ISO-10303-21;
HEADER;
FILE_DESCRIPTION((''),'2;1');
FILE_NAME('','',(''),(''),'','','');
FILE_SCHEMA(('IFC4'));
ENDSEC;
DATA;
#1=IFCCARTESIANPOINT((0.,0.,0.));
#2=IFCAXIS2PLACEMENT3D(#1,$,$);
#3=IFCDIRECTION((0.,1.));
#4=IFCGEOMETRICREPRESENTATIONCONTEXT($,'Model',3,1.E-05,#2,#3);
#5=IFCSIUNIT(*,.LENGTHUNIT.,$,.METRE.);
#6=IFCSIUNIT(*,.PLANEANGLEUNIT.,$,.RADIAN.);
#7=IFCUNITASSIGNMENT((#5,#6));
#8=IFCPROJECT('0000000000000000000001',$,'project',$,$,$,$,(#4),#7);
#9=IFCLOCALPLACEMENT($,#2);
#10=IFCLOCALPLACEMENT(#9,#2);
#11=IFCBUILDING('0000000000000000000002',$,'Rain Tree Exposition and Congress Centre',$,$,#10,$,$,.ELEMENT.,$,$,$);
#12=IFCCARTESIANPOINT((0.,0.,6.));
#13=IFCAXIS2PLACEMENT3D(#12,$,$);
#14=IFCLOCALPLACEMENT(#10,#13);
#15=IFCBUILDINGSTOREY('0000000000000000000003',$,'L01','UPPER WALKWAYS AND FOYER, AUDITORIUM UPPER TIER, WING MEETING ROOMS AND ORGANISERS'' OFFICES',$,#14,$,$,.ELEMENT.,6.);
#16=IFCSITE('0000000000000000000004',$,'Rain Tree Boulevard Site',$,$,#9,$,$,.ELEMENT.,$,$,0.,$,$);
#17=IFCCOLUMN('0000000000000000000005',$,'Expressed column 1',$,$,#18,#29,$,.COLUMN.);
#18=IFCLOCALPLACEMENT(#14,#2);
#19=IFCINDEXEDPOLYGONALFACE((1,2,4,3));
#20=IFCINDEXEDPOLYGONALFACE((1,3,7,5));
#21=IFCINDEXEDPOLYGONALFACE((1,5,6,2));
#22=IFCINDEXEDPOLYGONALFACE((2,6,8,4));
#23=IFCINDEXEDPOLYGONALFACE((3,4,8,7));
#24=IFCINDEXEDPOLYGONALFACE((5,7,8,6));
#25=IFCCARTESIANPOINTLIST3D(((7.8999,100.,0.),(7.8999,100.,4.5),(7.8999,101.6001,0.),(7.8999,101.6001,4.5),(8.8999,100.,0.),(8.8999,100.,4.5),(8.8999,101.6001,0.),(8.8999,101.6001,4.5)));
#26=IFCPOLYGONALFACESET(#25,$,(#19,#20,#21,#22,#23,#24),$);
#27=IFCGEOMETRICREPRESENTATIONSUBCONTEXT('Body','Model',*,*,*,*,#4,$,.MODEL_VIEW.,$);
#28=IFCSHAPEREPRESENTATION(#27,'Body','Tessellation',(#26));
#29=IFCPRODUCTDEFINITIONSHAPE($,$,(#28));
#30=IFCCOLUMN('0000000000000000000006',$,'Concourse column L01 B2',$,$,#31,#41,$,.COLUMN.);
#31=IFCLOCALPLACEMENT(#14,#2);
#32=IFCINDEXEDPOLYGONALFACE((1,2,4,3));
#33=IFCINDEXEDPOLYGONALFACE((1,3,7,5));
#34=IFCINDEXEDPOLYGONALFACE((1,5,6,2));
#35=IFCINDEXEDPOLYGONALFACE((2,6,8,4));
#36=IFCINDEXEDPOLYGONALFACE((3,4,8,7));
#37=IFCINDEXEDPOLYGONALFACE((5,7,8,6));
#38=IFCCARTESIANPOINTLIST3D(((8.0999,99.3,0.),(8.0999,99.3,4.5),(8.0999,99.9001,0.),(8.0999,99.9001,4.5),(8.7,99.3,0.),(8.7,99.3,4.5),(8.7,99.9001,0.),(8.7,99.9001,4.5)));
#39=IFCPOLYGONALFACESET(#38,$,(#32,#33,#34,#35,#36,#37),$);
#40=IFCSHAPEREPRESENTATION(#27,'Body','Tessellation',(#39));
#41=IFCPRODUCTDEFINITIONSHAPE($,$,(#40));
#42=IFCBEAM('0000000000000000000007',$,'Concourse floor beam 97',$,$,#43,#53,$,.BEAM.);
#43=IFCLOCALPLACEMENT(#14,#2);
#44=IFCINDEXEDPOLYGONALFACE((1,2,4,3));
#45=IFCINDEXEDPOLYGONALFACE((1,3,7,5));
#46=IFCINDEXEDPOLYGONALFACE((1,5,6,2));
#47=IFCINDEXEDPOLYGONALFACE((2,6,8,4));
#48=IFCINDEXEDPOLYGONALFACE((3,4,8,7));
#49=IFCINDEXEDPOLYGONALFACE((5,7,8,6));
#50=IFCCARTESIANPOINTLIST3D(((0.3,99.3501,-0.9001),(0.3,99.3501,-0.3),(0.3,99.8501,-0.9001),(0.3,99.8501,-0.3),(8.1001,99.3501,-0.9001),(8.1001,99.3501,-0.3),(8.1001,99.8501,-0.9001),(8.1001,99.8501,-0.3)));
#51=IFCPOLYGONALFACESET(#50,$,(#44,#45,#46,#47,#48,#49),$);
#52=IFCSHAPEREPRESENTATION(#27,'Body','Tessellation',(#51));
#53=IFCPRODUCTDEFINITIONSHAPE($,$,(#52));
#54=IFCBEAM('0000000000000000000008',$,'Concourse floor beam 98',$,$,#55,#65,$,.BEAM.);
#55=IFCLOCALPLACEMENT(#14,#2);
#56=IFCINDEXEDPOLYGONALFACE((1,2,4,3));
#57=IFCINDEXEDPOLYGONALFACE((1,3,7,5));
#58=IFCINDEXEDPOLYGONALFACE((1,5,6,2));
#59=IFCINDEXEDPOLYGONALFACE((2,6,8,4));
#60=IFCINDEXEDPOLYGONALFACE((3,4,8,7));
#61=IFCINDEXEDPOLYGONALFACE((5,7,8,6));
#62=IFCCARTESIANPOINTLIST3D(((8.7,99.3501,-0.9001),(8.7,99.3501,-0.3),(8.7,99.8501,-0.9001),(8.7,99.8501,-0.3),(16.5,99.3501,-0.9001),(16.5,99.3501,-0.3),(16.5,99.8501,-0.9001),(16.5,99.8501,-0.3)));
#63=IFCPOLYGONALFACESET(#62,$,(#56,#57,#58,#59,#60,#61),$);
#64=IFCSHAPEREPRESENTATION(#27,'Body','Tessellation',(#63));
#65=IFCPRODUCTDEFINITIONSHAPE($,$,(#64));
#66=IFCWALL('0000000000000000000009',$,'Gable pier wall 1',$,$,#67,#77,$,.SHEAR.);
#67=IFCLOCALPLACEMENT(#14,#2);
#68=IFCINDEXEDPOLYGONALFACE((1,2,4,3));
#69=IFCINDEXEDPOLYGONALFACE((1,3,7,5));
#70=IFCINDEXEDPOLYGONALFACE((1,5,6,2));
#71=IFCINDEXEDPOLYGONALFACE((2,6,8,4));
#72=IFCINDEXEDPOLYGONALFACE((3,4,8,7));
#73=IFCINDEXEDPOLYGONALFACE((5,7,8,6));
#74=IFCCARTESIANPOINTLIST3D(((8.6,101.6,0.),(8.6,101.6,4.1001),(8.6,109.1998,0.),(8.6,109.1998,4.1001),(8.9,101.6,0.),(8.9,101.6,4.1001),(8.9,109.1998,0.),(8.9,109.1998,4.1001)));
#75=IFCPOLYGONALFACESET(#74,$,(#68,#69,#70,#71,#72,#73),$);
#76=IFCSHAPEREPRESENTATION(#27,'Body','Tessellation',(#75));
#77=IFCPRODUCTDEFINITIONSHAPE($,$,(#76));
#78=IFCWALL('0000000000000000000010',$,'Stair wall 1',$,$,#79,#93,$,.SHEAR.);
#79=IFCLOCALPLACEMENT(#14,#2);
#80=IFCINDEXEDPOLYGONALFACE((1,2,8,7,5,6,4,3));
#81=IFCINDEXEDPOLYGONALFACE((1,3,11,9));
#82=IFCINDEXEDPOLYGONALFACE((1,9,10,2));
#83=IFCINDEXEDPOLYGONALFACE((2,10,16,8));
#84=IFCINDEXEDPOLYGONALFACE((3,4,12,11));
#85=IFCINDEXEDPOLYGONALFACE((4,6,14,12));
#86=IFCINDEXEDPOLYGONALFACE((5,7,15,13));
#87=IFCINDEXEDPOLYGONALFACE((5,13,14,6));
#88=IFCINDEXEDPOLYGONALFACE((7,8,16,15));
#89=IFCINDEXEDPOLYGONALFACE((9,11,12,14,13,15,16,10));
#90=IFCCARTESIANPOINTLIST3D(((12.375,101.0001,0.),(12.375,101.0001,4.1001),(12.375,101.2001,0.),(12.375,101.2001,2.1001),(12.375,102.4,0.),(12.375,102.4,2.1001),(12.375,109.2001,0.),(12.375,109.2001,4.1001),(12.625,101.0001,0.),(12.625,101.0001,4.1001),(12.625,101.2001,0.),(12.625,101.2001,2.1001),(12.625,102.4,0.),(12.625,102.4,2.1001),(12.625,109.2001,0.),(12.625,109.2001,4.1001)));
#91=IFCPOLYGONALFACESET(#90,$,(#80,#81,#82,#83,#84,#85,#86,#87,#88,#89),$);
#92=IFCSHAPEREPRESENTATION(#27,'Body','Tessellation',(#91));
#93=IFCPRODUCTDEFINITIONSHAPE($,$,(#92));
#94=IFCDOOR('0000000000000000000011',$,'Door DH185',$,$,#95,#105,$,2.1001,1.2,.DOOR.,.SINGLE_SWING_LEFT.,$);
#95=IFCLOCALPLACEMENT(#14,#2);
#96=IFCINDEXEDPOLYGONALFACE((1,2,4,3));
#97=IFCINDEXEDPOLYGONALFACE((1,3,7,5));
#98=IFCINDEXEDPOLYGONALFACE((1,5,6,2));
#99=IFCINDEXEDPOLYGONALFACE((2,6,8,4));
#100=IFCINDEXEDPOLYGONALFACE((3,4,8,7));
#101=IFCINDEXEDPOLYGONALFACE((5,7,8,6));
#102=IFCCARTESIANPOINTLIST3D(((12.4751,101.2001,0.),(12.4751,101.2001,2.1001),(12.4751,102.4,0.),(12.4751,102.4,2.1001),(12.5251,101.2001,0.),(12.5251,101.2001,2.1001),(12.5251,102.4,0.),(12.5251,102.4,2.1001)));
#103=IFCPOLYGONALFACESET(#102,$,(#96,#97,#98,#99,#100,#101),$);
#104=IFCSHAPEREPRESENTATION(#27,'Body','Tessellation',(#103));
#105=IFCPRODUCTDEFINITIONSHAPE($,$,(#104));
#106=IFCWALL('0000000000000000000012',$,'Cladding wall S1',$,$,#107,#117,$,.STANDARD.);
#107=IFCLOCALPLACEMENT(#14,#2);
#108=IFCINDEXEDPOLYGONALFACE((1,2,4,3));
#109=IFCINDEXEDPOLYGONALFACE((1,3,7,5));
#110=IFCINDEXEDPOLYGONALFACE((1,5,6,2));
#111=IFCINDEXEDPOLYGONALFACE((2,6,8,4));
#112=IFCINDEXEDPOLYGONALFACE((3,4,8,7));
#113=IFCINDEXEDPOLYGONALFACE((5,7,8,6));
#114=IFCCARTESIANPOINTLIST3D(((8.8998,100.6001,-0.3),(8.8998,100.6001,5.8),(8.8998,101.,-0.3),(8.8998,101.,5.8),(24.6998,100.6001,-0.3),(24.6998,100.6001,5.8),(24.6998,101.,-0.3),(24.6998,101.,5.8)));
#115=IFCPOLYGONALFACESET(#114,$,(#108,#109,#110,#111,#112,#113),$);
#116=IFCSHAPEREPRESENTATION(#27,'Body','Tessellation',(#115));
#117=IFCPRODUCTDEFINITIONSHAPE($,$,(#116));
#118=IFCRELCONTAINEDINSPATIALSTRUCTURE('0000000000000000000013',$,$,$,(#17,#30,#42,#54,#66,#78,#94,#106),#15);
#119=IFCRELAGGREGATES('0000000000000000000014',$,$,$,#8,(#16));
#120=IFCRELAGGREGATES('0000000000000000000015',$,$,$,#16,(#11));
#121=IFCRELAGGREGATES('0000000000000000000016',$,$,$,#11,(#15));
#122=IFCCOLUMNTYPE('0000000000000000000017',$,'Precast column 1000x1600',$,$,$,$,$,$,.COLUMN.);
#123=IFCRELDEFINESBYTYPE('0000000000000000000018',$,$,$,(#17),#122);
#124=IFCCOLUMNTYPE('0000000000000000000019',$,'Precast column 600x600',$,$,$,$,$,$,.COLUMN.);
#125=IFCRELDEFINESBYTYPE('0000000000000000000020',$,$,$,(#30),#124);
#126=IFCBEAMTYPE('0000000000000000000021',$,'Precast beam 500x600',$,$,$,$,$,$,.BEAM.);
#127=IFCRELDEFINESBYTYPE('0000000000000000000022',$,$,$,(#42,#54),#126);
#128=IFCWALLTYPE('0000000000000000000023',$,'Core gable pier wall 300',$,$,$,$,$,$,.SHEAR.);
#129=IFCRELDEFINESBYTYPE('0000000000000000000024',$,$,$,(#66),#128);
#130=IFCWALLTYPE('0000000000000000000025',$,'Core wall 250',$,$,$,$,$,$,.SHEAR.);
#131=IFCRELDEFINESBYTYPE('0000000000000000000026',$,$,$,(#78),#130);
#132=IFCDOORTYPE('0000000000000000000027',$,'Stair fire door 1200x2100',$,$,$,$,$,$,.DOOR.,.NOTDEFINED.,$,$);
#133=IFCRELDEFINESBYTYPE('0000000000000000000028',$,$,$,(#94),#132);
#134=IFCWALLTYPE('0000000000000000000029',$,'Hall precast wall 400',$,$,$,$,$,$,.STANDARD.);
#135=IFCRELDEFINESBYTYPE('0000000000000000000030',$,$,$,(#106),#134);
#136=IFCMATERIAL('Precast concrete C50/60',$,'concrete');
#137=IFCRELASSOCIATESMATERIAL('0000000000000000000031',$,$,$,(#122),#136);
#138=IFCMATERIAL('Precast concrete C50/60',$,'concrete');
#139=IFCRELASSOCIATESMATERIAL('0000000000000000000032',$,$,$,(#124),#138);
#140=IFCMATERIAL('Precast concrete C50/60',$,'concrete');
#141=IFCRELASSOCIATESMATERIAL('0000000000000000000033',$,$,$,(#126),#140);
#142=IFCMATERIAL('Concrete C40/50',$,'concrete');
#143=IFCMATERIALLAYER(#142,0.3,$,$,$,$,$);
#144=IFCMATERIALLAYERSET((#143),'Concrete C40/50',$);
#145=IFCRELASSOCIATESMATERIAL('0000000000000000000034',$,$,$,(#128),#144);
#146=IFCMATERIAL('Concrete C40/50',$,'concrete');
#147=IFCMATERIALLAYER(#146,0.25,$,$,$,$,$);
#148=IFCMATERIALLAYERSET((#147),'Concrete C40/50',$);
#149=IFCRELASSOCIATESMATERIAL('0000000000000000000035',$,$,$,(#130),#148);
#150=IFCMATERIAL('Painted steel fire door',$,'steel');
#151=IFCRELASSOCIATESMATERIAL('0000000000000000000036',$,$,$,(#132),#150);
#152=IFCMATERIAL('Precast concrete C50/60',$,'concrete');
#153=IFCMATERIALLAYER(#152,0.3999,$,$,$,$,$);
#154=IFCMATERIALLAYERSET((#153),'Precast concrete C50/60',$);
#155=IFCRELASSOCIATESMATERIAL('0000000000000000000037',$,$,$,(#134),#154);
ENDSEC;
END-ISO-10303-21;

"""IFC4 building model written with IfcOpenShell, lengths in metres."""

from ifc_helpers import new_model, si_unit, direction, frame, frame_2d, origin, origin_2d, place, context, subcontext, project, spatial, rectangle, extrude, material, layer, layer_set, material_profile, profile_set, type_object, element, fill, save


model = new_model("IFC4")

# Units and contexts
model_context = context("Model", 3, precision=1e-05, world=origin(), true_north=direction((0.0, 1.0)))
body_context = subcontext(model_context, "Body", "Model", "MODEL_VIEW")
ifc_project = project(units=[si_unit("LENGTHUNIT", "METRE"), si_unit("PLANEANGLEUNIT", "RADIAN")], contexts=[model_context])

# Site, building, storey
site_placement = place(None, origin())
site = spatial("IfcSite", under=ifc_project, at=site_placement, Name="Rain Tree Boulevard Site", CompositionType="ELEMENT", RefElevation=0.0)
building_placement = place(site_placement, origin())
building = spatial("IfcBuilding", under=site, at=building_placement, Name="Rain Tree Exposition and Congress Centre", CompositionType="ELEMENT")
storey_placement = place(building_placement, frame((0.0, 0.0, 6.0)))
storey = spatial("IfcBuildingStorey", under=building, at=storey_placement, Name="L01", Description="UPPER WALKWAYS AND FOYER, AUDITORIUM UPPER TIER, WING MEETING ROOMS AND ORGANISERS' OFFICES", CompositionType="ELEMENT", Elevation=6.0)

# Columns
ifc_material_1 = material(Name="Precast concrete C50/60", Category="concrete")
ifc_material_profile_1 = material_profile(ifc_material_1, rectangle(XDim=1.0, YDim=1.6001, at=origin_2d()), Name="RC 1000x1600")
ifc_profile_set_1 = profile_set([ifc_material_profile_1], Name="Precast concrete C50/60")
column_type_1 = type_object("IfcColumnType", Name="Precast column 1000x1600", PredefinedType="COLUMN", material=ifc_profile_set_1)
column_1_placement = place(storey_placement, frame((8.3999, 100.8, 0.0), z_axis=(0.0, 0.0, 1.0), x_axis=(1.0, 0.0, 0.0)))
element("IfcColumn", 1, at=column_1_placement, inside=storey, type_object=column_type_1, Name="Expressed column 1", PredefinedType="COLUMN", context=body_context, shape_type="SweptSolid", body=[
    extrude(rectangle(XDim=1.0, YDim=1.6001, at=origin_2d()), origin(), (0.0, 0.0, 1.0), 4.5),
])
ifc_material_2 = material(Name="Precast concrete C50/60", Category="concrete")
ifc_material_profile_2 = material_profile(ifc_material_2, rectangle(XDim=0.6001, YDim=0.6001, at=origin_2d()), Name="RC 600x600")
ifc_profile_set_2 = profile_set([ifc_material_profile_2], Name="Precast concrete C50/60")
column_type_2 = type_object("IfcColumnType", Name="Precast column 600x600", PredefinedType="COLUMN", material=ifc_profile_set_2)
column_2_placement = place(storey_placement, frame((8.3999, 99.6001, 0.0), z_axis=(0.0, 0.0, 1.0), x_axis=(1.0, 0.0, 0.0)))
element("IfcColumn", 2, at=column_2_placement, inside=storey, type_object=column_type_2, Name="Concourse column L01 B2", PredefinedType="COLUMN", context=body_context, shape_type="SweptSolid", body=[
    extrude(rectangle(XDim=0.6001, YDim=0.6001, at=origin_2d()), origin(), (0.0, 0.0, 1.0), 4.5),
])

# Beams
ifc_material_3 = material(Name="Precast concrete C50/60", Category="concrete")
ifc_material_profile_3 = material_profile(ifc_material_3, rectangle(XDim=0.5, YDim=0.6001, at=origin_2d()), Name="RC 500x600")
ifc_profile_set_3 = profile_set([ifc_material_profile_3], Name="Precast concrete C50/60")
beam_type = type_object("IfcBeamType", Name="Precast beam 500x600", PredefinedType="BEAM", material=ifc_profile_set_3)
for number, where, z_axis, x_axis, name in (
    (3, (0.3, 99.6001, -0.6001), (1.0, 0.0, 0.0), (0.0, 1.0, 0.0), "Concourse floor beam 97"),
    (4, (8.7, 99.6001, -0.6001), (1.0, 0.0, 0.0), (0.0, 1.0, 0.0), "Concourse floor beam 98"),
):
    element("IfcBeam", number, at=place(storey_placement, frame(where, z_axis=z_axis, x_axis=x_axis)), inside=storey, type_object=beam_type, Name=name, PredefinedType="BEAM", context=body_context, shape_type="SweptSolid", body=[
        extrude(rectangle(XDim=0.5, YDim=0.6001, at=origin_2d()), origin(), (0.0, 0.0, 1.0), 7.8),
    ])

# Wall
ifc_material_4 = material(Name="Concrete C40/50", Category="concrete")
ifc_layer_1 = layer(ifc_material_4, 0.3)
ifc_layer_set_1 = layer_set([ifc_layer_1], Name="Concrete C40/50")
wall_type_1 = type_object("IfcWallType", Name="Core gable pier wall 300", PredefinedType="SHEAR", material=ifc_layer_set_1)
wall_1_placement = place(storey_placement, frame((8.75, 101.6001, 0.0), z_axis=(0.0, 0.0, 1.0), x_axis=(0.0, 1.0, 0.0)))
element("IfcWall", 5, at=wall_1_placement, inside=storey, type_object=wall_type_1, Name="Gable pier wall 1", PredefinedType="SHEAR", context=body_context, shape_type="SweptSolid", body=[
    extrude(rectangle(XDim=7.5999, YDim=0.3, at=frame_2d((3.7998, 0.0))), origin(), (0.0, 0.0, 1.0), 4.1001),
])

# Wall, opening, door
ifc_material_5 = material(Name="Concrete C40/50", Category="concrete")
ifc_layer_2 = layer(ifc_material_5, 0.25)
ifc_layer_set_2 = layer_set([ifc_layer_2], Name="Concrete C40/50")
wall_type_2 = type_object("IfcWallType", Name="Core wall 250", PredefinedType="SHEAR", material=ifc_layer_set_2)
wall_2_placement = place(storey_placement, frame((12.5, 101.0, 0.0), z_axis=(0.0, 0.0, 1.0), x_axis=(0.0, 1.0, 0.0)))
wall_2 = element("IfcWall", 6, at=wall_2_placement, inside=storey, type_object=wall_type_2, Name="Stair wall 1", PredefinedType="SHEAR", context=body_context, shape_type="SweptSolid", body=[
    extrude(rectangle(XDim=8.2, YDim=0.25, at=frame_2d((4.1001, 0.0))), origin(), (0.0, 0.0, 1.0), 4.1001),
])
opening_1_placement = place(wall_2_placement, frame((0.2, 0.0, 0.0)))
opening_1 = element("IfcOpeningElement", 7, at=opening_1_placement, cuts=wall_2, PredefinedType="OPENING", context=body_context, shape_type="SweptSolid", body=[
    extrude(rectangle(XDim=1.2, YDim=2.1001, at=frame_2d((0.6001, 1.05))), frame((0.0, 0.125, 0.0), z_axis=(0.0, -1.0, 0.0), x_axis=(1.0, 0.0, 0.0)), (0.0, 0.0, 1.0), 0.25),
])
ifc_material_6 = material(Name="Painted steel fire door", Category="steel")
door_type = type_object("IfcDoorType", Name="Stair fire door 1200x2100", OperationType="NOTDEFINED", PredefinedType="DOOR", material=ifc_material_6)
door_placement = place(opening_1_placement, origin())
door = element("IfcDoor", 8, at=door_placement, inside=storey, type_object=door_type, Name="Door DH185", OperationType="SINGLE_SWING_LEFT", OverallHeight=2.1001, OverallWidth=1.2, PredefinedType="DOOR", context=body_context, shape_type="SweptSolid", body=[
    extrude(rectangle(XDim=1.2, YDim=2.1001, at=frame_2d((0.6001, 1.05))), frame((0.0, 0.0249, 0.0), z_axis=(0.0, -1.0, 0.0), x_axis=(1.0, 0.0, 0.0)), (0.0, 0.0, 1.0), 0.05),
])
fill(opening_1, door)

# Wall
ifc_material_7 = material(Name="Precast concrete C50/60", Category="concrete")
ifc_layer_3 = layer(ifc_material_7, 0.3999)
ifc_layer_set_3 = layer_set([ifc_layer_3], Name="Precast concrete C50/60")
wall_type_3 = type_object("IfcWallType", Name="Hall precast wall 400", PredefinedType="STANDARD", material=ifc_layer_set_3)
wall_3_placement = place(storey_placement, frame((8.8999, 100.8, -0.3), z_axis=(0.0, 0.0, 1.0), x_axis=(1.0, 0.0, 0.0)))
element("IfcWall", 9, at=wall_3_placement, inside=storey, type_object=wall_type_3, Name="Cladding wall S1", PredefinedType="STANDARD", context=body_context, shape_type="SweptSolid", body=[
    extrude(rectangle(XDim=15.8, YDim=0.3999, at=frame_2d((7.8999, 0.0))), origin(), (0.0, 0.0, 1.0), 6.1001),
])

save(model, "model.ifc")
